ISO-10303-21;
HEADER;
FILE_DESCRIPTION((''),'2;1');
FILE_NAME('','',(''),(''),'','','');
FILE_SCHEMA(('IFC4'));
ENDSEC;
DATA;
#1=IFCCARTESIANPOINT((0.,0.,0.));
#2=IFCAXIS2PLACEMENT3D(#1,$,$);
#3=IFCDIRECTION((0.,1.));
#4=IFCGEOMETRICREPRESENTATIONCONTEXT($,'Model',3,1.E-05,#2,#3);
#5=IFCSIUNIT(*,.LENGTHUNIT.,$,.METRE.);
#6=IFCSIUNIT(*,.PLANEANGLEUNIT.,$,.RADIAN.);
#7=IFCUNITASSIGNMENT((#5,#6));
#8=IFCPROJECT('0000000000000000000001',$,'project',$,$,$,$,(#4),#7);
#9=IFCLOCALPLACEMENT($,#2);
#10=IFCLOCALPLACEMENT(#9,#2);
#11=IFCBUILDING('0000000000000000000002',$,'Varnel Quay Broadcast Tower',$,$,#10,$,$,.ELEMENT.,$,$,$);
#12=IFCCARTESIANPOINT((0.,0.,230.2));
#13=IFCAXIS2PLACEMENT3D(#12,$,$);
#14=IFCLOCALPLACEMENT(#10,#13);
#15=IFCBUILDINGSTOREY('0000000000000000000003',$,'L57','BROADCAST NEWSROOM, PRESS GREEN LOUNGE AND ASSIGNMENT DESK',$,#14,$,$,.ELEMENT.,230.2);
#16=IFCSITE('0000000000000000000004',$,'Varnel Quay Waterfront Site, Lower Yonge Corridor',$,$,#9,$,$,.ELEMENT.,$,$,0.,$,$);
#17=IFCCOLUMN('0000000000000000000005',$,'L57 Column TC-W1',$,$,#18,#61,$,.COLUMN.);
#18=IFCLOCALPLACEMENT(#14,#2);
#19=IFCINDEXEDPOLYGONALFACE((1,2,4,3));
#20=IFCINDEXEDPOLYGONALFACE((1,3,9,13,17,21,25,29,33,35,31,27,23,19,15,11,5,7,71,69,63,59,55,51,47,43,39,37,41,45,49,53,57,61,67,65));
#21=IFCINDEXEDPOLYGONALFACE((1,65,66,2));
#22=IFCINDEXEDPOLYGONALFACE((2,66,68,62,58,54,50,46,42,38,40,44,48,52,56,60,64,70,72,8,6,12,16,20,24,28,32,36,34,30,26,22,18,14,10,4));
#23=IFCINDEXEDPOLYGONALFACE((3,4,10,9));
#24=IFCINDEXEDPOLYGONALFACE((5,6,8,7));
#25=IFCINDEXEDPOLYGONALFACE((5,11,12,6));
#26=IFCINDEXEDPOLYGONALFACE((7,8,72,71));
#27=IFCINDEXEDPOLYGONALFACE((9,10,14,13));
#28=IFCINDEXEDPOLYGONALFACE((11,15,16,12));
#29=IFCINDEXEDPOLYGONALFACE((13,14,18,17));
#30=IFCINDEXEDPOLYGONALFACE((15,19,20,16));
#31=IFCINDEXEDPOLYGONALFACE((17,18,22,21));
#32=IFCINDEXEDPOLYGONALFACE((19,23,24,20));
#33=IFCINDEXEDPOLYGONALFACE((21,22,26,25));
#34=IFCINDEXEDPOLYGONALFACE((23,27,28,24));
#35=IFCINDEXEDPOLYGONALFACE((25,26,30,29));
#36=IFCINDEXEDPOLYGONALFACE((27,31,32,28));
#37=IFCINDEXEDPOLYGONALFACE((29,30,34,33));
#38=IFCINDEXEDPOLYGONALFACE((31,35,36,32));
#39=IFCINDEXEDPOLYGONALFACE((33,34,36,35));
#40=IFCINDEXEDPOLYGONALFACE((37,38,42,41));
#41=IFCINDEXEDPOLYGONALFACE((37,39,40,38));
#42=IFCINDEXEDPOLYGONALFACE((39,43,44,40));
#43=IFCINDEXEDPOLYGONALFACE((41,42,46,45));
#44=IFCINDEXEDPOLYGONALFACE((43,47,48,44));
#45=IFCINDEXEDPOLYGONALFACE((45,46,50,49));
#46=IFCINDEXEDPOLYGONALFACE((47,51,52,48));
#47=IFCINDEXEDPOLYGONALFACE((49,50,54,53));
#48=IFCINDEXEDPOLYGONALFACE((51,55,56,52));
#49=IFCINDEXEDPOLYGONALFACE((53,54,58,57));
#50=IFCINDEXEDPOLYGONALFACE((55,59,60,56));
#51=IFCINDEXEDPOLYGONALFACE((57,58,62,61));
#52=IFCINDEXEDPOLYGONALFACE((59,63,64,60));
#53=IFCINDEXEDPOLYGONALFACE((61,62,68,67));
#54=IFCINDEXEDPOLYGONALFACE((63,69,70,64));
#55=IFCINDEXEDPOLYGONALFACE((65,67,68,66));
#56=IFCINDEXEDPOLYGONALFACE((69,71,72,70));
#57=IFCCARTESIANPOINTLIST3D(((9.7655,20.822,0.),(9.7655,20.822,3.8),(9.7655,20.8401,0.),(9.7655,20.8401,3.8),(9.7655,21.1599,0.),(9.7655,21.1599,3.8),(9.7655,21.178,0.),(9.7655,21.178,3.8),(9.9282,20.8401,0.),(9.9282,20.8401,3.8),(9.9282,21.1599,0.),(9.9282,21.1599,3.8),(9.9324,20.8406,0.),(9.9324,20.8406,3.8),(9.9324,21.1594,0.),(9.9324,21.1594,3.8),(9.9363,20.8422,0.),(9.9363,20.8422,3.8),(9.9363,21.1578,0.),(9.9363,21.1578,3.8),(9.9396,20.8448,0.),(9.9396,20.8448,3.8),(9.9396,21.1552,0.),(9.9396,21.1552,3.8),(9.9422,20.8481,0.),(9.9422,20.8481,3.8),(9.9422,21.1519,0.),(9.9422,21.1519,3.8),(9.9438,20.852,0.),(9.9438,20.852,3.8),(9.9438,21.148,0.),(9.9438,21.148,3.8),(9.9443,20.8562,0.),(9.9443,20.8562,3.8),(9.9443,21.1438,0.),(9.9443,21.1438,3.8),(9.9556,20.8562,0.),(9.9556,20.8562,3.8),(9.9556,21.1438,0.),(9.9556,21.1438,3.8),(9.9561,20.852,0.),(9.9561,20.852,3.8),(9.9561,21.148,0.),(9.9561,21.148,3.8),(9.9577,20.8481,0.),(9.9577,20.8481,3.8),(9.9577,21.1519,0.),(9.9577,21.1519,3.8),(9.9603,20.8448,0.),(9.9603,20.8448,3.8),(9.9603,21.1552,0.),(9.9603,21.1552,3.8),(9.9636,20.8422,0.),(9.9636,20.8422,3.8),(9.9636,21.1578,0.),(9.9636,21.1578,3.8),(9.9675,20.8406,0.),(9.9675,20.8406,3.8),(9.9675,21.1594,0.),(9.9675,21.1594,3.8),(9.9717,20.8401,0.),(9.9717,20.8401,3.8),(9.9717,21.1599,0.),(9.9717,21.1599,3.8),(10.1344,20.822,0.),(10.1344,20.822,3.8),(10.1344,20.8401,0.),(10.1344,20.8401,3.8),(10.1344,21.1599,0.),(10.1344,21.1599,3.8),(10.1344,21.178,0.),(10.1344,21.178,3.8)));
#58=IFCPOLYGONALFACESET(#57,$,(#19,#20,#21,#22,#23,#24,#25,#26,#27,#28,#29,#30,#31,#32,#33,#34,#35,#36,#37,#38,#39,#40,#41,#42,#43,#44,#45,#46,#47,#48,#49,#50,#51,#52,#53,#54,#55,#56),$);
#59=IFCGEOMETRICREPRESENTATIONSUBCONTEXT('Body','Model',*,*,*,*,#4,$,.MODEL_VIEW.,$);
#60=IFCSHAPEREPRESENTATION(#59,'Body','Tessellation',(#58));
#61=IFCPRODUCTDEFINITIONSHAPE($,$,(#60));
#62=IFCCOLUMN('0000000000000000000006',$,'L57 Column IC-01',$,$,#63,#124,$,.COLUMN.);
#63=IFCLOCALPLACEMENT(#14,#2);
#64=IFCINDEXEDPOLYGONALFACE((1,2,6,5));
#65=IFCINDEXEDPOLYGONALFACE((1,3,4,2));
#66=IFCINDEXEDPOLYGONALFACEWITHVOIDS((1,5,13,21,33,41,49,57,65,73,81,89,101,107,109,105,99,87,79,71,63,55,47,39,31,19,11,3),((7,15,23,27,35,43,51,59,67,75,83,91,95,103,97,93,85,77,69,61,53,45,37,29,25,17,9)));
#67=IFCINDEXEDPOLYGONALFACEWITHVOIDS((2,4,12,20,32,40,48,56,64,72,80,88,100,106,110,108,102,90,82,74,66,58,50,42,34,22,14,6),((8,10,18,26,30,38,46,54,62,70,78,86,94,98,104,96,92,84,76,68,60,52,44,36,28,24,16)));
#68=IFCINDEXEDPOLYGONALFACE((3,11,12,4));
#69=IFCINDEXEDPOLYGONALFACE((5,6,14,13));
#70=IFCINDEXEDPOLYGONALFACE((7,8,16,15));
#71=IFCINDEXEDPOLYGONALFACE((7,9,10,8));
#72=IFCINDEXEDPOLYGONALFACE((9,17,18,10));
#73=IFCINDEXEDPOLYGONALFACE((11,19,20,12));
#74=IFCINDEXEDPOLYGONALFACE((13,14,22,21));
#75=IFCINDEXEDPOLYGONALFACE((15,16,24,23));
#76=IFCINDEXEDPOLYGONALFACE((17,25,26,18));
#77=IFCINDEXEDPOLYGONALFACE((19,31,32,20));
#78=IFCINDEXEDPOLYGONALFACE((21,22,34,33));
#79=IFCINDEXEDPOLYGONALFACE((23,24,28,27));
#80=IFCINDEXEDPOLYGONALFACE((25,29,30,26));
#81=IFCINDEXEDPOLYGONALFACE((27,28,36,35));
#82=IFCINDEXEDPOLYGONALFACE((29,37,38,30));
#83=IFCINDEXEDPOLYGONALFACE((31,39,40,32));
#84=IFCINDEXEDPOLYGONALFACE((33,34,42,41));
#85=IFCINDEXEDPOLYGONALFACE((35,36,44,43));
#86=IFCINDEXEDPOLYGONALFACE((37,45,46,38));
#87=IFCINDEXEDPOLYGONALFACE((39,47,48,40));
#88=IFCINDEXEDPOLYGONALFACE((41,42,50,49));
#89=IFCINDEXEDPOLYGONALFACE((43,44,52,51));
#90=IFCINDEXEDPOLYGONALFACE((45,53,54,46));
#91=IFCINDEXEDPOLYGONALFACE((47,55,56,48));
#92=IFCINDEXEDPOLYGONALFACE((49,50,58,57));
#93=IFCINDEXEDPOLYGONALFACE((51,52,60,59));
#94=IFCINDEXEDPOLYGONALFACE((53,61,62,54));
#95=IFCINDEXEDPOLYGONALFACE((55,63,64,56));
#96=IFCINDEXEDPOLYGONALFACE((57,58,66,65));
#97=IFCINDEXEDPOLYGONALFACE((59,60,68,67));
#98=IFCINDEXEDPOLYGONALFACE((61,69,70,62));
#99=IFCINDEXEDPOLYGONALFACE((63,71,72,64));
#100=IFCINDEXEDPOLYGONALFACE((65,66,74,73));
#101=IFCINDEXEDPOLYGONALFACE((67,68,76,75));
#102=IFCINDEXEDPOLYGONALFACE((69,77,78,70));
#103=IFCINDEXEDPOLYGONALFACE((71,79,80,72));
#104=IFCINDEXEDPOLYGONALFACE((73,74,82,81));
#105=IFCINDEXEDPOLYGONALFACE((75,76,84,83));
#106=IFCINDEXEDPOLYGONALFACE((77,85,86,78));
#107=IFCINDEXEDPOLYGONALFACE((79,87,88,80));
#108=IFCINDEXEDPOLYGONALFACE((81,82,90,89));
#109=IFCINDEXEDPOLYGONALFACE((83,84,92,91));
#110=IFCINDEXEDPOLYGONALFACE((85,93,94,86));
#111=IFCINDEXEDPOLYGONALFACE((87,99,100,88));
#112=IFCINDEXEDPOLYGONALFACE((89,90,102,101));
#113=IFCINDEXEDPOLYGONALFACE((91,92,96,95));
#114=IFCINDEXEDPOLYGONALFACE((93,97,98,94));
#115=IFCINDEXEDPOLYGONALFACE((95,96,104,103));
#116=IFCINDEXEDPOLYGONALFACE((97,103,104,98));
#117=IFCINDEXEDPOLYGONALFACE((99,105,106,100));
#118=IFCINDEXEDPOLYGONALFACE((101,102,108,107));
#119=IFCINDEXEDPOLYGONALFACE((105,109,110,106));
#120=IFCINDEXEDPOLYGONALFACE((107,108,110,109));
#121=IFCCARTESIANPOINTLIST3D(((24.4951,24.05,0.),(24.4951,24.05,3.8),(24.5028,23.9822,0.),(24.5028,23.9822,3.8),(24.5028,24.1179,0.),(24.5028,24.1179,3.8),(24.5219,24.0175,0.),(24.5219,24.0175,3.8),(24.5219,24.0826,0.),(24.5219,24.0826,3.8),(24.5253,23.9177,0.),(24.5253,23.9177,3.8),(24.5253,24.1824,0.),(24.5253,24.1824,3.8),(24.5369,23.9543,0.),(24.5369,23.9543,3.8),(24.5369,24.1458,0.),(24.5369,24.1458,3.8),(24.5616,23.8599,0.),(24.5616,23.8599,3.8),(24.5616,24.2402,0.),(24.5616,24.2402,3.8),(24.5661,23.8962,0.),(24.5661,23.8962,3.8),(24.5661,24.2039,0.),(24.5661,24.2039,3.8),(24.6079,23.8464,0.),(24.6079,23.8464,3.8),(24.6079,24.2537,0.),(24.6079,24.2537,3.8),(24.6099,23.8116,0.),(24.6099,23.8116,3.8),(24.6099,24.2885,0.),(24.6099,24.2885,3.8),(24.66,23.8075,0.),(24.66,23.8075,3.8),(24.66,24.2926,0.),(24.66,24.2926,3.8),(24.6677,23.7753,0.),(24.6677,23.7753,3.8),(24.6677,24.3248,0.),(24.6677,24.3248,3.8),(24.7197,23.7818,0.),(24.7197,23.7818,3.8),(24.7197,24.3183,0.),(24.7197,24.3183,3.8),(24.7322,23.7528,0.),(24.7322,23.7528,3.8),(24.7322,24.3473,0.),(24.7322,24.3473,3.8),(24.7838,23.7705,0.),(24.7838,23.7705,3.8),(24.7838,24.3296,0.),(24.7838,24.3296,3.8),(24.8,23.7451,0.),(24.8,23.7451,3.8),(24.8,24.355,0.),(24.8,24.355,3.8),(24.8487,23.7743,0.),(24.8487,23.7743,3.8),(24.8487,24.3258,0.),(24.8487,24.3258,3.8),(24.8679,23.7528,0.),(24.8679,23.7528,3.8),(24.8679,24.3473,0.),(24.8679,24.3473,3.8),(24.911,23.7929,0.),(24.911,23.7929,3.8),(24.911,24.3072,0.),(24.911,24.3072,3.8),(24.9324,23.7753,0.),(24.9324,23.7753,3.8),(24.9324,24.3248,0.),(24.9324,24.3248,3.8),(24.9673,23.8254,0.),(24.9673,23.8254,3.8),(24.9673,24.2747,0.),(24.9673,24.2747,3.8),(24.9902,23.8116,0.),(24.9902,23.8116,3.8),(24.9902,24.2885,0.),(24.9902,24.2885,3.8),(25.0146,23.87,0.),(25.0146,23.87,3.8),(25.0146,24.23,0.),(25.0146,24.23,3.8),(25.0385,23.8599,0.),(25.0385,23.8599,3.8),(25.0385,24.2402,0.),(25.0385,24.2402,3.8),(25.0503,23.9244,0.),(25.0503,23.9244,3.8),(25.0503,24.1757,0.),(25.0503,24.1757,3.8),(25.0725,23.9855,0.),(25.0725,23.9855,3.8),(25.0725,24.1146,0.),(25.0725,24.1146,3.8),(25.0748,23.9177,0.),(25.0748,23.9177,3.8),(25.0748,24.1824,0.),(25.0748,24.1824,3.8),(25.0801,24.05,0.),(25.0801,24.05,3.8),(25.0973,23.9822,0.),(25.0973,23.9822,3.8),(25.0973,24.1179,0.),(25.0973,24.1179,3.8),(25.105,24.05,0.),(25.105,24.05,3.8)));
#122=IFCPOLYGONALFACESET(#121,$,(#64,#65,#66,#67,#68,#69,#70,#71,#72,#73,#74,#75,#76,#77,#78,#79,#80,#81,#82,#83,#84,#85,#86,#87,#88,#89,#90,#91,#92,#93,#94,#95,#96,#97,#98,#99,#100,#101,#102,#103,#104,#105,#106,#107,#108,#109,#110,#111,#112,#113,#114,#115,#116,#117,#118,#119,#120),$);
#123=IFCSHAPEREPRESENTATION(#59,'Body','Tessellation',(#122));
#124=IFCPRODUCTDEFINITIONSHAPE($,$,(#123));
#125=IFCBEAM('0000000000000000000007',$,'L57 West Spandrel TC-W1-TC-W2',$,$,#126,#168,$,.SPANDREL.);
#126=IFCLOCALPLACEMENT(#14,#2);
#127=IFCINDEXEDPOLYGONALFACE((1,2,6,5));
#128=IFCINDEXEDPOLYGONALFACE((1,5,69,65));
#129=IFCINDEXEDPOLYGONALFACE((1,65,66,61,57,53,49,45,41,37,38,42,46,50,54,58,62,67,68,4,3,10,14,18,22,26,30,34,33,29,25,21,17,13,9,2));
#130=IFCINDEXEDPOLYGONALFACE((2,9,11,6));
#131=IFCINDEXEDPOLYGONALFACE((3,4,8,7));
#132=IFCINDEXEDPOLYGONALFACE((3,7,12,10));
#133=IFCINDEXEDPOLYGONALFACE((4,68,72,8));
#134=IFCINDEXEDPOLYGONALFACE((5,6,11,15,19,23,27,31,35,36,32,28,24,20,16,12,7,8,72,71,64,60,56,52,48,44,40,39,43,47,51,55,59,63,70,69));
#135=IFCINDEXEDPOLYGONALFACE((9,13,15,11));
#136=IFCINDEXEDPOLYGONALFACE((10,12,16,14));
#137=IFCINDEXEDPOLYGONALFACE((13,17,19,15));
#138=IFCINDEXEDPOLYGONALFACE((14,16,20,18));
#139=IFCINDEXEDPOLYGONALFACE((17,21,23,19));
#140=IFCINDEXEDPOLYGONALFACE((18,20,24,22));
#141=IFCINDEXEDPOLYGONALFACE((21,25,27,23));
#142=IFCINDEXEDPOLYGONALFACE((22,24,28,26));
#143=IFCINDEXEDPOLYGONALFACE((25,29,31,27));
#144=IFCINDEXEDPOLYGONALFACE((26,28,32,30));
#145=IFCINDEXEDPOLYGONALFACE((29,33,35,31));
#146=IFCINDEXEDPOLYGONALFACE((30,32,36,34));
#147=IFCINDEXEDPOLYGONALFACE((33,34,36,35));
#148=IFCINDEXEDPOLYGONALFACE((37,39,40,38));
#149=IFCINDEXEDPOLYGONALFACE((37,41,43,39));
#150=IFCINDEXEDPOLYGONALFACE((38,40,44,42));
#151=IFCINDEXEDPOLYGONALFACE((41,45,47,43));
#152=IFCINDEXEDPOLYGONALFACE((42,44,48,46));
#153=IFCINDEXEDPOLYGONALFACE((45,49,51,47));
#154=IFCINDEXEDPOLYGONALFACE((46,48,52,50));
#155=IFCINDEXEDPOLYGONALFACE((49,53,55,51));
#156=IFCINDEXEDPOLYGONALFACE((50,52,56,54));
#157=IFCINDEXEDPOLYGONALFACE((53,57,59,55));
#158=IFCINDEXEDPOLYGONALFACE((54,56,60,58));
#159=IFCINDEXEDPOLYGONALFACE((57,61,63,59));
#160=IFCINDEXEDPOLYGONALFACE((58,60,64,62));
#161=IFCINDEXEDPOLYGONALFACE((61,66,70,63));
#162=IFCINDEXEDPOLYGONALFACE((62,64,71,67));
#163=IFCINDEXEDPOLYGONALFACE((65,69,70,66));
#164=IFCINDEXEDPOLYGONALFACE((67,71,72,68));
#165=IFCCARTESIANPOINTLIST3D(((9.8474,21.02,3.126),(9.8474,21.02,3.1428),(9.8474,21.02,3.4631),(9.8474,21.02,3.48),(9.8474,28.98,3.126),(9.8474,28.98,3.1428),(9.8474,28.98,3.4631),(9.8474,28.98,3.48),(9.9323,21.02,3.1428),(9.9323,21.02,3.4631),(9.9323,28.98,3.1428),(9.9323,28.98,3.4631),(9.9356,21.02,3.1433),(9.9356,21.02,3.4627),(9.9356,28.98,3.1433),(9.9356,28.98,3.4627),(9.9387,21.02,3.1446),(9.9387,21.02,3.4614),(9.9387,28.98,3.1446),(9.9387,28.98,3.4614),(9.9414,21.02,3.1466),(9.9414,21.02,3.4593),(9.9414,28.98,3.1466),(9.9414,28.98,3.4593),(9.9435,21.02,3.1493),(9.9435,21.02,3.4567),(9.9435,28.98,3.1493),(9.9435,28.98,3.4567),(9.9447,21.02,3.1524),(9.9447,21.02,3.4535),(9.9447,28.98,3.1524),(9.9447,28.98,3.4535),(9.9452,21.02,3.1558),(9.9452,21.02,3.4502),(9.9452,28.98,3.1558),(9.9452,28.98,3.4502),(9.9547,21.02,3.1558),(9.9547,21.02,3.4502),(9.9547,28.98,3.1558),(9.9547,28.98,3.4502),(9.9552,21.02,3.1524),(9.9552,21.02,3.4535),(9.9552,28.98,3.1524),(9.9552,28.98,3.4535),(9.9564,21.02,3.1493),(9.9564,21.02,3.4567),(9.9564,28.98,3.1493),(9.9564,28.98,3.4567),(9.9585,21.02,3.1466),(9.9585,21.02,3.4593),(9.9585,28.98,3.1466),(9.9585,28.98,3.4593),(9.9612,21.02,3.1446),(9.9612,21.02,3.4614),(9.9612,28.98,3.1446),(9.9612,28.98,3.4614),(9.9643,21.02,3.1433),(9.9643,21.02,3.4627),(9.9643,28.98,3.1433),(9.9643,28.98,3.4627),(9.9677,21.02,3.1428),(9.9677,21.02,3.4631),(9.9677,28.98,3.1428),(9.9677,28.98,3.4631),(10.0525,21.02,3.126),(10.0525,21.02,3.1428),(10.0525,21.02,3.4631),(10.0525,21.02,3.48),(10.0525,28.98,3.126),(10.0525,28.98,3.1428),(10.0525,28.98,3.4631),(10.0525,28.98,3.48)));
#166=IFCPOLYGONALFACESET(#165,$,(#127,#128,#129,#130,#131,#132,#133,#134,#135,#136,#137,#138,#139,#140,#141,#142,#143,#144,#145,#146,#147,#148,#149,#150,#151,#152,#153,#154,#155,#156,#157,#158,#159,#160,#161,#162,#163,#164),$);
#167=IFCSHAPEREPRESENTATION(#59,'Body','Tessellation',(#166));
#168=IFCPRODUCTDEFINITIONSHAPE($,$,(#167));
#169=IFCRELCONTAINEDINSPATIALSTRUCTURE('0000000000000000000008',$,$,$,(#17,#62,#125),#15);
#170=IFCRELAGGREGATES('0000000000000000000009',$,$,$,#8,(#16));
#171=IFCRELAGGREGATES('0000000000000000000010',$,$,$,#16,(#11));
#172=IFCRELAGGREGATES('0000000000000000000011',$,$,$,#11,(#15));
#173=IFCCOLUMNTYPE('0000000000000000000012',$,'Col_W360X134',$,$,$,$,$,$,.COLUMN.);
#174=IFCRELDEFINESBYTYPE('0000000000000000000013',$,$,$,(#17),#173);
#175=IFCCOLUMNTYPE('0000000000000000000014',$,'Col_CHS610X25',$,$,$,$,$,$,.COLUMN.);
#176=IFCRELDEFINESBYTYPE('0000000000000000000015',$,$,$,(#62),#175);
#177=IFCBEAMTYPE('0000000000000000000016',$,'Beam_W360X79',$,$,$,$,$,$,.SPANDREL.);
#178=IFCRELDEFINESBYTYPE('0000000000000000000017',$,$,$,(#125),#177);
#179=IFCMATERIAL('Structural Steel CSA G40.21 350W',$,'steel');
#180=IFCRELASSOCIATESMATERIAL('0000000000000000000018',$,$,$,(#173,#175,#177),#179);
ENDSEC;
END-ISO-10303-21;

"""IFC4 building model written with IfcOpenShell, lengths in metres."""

from ifc_helpers import new_model, si_unit, direction, frame, origin, origin_2d, place, context, subcontext, project, spatial, hollow_circle, i_section, extrude, source, transform, mapped, material, material_profile, profile_set, type_object, type_shapes, element, save


model = new_model("IFC4")

# Units and contexts
model_context = context("Model", 3, precision=1e-05, world=origin(), true_north=direction((0.0, 1.0)))
body_context = subcontext(model_context, "Body", "Model", "MODEL_VIEW")
ifc_project = project(units=[si_unit("LENGTHUNIT", "METRE"), si_unit("PLANEANGLEUNIT", "RADIAN")], contexts=[model_context])

# Site, building, storey
site_placement = place(None, origin())
site = spatial("IfcSite", under=ifc_project, at=site_placement, Name="Varnel Quay Waterfront Site, Lower Yonge Corridor", CompositionType="ELEMENT", RefElevation=0.0)
building_placement = place(site_placement, origin())
building = spatial("IfcBuilding", under=site, at=building_placement, Name="Varnel Quay Broadcast Tower", CompositionType="ELEMENT")
storey_placement = place(building_placement, frame((0.0, 0.0, 230.2)))
storey = spatial("IfcBuildingStorey", under=building, at=storey_placement, Name="L57", Description="BROADCAST NEWSROOM, PRESS GREEN LOUNGE AND ASSIGNMENT DESK", CompositionType="ELEMENT", Elevation=230.2)

# Columns
ifc_material_1 = material(Name="Structural Steel CSA G40.21 350W", Category="steel")
ifc_material_profile_1 = material_profile(ifc_material_1, i_section(OverallWidth=0.3689, OverallDepth=0.356, WebThickness=0.0112, FlangeThickness=0.0181, FilletRadius=0.0161, at=origin_2d()), Name="W360X134")
ifc_profile_set_1 = profile_set([ifc_material_profile_1], Name="Structural Steel CSA G40.21 350W")
column_type_1 = type_object("IfcColumnType", Name="Col_W360X134", PredefinedType="COLUMN", material=ifc_profile_set_1)
shared_shape_1 = source(origin(), body_context, "Body", "SweptSolid", [
    extrude(i_section(OverallWidth=0.3689, OverallDepth=0.356, WebThickness=0.0112, FlangeThickness=0.0181, FilletRadius=0.0161, at=origin_2d()), origin(), (0.0, 0.0, 1.0), 3.8),
])
type_shapes(column_type_1, [shared_shape_1])
column_1_placement = place(storey_placement, frame((9.95, 21.0, 0.0), z_axis=(0.0, 0.0, 1.0), x_axis=(1.0, 0.0, 0.0)))
element("IfcColumn", 1, at=column_1_placement, inside=storey, type_object=column_type_1, Name="L57 Column TC-W1", PredefinedType="COLUMN", context=body_context, shape_type="MappedRepresentation", body=[
    mapped(shared_shape_1, transform((0.0, 0.0, 0.0), x_axis=(1.0, 0.0, 0.0), y_axis=(0.0, 1.0, 0.0), z_axis=(0.0, 0.0, 1.0), scale=1.0)),
])
ifc_material_profile_2 = material_profile(ifc_material_1, hollow_circle(Radius=0.3049, WallThickness=0.0249, at=origin_2d()), Name="CHS610X25")
ifc_profile_set_2 = profile_set([ifc_material_profile_2], Name="Structural Steel CSA G40.21 350W")
column_type_2 = type_object("IfcColumnType", Name="Col_CHS610X25", PredefinedType="COLUMN", material=ifc_profile_set_2)
shared_shape_2 = source(origin(), body_context, "Body", "SweptSolid", [
    extrude(hollow_circle(Radius=0.3049, WallThickness=0.0249, at=origin_2d()), origin(), (0.0, 0.0, 1.0), 3.8),
])
type_shapes(column_type_2, [shared_shape_2])
column_2_placement = place(storey_placement, frame((24.8, 24.05, 0.0), z_axis=(0.0, 0.0, 1.0), x_axis=(1.0, 0.0, 0.0)))
element("IfcColumn", 2, at=column_2_placement, inside=storey, type_object=column_type_2, Name="L57 Column IC-01", PredefinedType="COLUMN", context=body_context, shape_type="MappedRepresentation", body=[
    mapped(shared_shape_2, transform((0.0, 0.0, 0.0), x_axis=(1.0, 0.0, 0.0), y_axis=(0.0, 1.0, 0.0), z_axis=(0.0, 0.0, 1.0), scale=1.0)),
])

# Beam
ifc_material_profile_3 = material_profile(ifc_material_1, i_section(OverallWidth=0.2051, OverallDepth=0.354, WebThickness=0.0095, FlangeThickness=0.0168, FilletRadius=0.0129, at=origin_2d()), Name="W360X79")
ifc_profile_set_3 = profile_set([ifc_material_profile_3], Name="Structural Steel CSA G40.21 350W")
beam_type_1 = type_object("IfcBeamType", Name="Beam_W360X79", PredefinedType="SPANDREL", material=ifc_profile_set_3)
shared_shape_3 = source(origin(), body_context, "Body", "SweptSolid", [
    extrude(i_section(OverallWidth=0.2051, OverallDepth=0.354, WebThickness=0.0095, FlangeThickness=0.0168, FilletRadius=0.0129, at=origin_2d()), origin(), (0.0, 0.0, 1.0), 7.96),
])
type_shapes(beam_type_1, [shared_shape_3])
beam_1_placement = place(storey_placement, frame((9.95, 21.02, 3.303), z_axis=(0.0, 1.0, 0.0), x_axis=(-1.0, 0.0, 0.0)))
element("IfcBeam", 3, at=beam_1_placement, inside=storey, type_object=beam_type_1, Name="L57 West Spandrel TC-W1-TC-W2", PredefinedType="SPANDREL", context=body_context, shape_type="MappedRepresentation", body=[
    mapped(shared_shape_3, transform((0.0, 0.0, 0.0), x_axis=(1.0, 0.0, 0.0), y_axis=(0.0, 1.0, 0.0), z_axis=(0.0, 0.0, 1.0), scale=1.0)),
])

save(model, "model.ifc")
